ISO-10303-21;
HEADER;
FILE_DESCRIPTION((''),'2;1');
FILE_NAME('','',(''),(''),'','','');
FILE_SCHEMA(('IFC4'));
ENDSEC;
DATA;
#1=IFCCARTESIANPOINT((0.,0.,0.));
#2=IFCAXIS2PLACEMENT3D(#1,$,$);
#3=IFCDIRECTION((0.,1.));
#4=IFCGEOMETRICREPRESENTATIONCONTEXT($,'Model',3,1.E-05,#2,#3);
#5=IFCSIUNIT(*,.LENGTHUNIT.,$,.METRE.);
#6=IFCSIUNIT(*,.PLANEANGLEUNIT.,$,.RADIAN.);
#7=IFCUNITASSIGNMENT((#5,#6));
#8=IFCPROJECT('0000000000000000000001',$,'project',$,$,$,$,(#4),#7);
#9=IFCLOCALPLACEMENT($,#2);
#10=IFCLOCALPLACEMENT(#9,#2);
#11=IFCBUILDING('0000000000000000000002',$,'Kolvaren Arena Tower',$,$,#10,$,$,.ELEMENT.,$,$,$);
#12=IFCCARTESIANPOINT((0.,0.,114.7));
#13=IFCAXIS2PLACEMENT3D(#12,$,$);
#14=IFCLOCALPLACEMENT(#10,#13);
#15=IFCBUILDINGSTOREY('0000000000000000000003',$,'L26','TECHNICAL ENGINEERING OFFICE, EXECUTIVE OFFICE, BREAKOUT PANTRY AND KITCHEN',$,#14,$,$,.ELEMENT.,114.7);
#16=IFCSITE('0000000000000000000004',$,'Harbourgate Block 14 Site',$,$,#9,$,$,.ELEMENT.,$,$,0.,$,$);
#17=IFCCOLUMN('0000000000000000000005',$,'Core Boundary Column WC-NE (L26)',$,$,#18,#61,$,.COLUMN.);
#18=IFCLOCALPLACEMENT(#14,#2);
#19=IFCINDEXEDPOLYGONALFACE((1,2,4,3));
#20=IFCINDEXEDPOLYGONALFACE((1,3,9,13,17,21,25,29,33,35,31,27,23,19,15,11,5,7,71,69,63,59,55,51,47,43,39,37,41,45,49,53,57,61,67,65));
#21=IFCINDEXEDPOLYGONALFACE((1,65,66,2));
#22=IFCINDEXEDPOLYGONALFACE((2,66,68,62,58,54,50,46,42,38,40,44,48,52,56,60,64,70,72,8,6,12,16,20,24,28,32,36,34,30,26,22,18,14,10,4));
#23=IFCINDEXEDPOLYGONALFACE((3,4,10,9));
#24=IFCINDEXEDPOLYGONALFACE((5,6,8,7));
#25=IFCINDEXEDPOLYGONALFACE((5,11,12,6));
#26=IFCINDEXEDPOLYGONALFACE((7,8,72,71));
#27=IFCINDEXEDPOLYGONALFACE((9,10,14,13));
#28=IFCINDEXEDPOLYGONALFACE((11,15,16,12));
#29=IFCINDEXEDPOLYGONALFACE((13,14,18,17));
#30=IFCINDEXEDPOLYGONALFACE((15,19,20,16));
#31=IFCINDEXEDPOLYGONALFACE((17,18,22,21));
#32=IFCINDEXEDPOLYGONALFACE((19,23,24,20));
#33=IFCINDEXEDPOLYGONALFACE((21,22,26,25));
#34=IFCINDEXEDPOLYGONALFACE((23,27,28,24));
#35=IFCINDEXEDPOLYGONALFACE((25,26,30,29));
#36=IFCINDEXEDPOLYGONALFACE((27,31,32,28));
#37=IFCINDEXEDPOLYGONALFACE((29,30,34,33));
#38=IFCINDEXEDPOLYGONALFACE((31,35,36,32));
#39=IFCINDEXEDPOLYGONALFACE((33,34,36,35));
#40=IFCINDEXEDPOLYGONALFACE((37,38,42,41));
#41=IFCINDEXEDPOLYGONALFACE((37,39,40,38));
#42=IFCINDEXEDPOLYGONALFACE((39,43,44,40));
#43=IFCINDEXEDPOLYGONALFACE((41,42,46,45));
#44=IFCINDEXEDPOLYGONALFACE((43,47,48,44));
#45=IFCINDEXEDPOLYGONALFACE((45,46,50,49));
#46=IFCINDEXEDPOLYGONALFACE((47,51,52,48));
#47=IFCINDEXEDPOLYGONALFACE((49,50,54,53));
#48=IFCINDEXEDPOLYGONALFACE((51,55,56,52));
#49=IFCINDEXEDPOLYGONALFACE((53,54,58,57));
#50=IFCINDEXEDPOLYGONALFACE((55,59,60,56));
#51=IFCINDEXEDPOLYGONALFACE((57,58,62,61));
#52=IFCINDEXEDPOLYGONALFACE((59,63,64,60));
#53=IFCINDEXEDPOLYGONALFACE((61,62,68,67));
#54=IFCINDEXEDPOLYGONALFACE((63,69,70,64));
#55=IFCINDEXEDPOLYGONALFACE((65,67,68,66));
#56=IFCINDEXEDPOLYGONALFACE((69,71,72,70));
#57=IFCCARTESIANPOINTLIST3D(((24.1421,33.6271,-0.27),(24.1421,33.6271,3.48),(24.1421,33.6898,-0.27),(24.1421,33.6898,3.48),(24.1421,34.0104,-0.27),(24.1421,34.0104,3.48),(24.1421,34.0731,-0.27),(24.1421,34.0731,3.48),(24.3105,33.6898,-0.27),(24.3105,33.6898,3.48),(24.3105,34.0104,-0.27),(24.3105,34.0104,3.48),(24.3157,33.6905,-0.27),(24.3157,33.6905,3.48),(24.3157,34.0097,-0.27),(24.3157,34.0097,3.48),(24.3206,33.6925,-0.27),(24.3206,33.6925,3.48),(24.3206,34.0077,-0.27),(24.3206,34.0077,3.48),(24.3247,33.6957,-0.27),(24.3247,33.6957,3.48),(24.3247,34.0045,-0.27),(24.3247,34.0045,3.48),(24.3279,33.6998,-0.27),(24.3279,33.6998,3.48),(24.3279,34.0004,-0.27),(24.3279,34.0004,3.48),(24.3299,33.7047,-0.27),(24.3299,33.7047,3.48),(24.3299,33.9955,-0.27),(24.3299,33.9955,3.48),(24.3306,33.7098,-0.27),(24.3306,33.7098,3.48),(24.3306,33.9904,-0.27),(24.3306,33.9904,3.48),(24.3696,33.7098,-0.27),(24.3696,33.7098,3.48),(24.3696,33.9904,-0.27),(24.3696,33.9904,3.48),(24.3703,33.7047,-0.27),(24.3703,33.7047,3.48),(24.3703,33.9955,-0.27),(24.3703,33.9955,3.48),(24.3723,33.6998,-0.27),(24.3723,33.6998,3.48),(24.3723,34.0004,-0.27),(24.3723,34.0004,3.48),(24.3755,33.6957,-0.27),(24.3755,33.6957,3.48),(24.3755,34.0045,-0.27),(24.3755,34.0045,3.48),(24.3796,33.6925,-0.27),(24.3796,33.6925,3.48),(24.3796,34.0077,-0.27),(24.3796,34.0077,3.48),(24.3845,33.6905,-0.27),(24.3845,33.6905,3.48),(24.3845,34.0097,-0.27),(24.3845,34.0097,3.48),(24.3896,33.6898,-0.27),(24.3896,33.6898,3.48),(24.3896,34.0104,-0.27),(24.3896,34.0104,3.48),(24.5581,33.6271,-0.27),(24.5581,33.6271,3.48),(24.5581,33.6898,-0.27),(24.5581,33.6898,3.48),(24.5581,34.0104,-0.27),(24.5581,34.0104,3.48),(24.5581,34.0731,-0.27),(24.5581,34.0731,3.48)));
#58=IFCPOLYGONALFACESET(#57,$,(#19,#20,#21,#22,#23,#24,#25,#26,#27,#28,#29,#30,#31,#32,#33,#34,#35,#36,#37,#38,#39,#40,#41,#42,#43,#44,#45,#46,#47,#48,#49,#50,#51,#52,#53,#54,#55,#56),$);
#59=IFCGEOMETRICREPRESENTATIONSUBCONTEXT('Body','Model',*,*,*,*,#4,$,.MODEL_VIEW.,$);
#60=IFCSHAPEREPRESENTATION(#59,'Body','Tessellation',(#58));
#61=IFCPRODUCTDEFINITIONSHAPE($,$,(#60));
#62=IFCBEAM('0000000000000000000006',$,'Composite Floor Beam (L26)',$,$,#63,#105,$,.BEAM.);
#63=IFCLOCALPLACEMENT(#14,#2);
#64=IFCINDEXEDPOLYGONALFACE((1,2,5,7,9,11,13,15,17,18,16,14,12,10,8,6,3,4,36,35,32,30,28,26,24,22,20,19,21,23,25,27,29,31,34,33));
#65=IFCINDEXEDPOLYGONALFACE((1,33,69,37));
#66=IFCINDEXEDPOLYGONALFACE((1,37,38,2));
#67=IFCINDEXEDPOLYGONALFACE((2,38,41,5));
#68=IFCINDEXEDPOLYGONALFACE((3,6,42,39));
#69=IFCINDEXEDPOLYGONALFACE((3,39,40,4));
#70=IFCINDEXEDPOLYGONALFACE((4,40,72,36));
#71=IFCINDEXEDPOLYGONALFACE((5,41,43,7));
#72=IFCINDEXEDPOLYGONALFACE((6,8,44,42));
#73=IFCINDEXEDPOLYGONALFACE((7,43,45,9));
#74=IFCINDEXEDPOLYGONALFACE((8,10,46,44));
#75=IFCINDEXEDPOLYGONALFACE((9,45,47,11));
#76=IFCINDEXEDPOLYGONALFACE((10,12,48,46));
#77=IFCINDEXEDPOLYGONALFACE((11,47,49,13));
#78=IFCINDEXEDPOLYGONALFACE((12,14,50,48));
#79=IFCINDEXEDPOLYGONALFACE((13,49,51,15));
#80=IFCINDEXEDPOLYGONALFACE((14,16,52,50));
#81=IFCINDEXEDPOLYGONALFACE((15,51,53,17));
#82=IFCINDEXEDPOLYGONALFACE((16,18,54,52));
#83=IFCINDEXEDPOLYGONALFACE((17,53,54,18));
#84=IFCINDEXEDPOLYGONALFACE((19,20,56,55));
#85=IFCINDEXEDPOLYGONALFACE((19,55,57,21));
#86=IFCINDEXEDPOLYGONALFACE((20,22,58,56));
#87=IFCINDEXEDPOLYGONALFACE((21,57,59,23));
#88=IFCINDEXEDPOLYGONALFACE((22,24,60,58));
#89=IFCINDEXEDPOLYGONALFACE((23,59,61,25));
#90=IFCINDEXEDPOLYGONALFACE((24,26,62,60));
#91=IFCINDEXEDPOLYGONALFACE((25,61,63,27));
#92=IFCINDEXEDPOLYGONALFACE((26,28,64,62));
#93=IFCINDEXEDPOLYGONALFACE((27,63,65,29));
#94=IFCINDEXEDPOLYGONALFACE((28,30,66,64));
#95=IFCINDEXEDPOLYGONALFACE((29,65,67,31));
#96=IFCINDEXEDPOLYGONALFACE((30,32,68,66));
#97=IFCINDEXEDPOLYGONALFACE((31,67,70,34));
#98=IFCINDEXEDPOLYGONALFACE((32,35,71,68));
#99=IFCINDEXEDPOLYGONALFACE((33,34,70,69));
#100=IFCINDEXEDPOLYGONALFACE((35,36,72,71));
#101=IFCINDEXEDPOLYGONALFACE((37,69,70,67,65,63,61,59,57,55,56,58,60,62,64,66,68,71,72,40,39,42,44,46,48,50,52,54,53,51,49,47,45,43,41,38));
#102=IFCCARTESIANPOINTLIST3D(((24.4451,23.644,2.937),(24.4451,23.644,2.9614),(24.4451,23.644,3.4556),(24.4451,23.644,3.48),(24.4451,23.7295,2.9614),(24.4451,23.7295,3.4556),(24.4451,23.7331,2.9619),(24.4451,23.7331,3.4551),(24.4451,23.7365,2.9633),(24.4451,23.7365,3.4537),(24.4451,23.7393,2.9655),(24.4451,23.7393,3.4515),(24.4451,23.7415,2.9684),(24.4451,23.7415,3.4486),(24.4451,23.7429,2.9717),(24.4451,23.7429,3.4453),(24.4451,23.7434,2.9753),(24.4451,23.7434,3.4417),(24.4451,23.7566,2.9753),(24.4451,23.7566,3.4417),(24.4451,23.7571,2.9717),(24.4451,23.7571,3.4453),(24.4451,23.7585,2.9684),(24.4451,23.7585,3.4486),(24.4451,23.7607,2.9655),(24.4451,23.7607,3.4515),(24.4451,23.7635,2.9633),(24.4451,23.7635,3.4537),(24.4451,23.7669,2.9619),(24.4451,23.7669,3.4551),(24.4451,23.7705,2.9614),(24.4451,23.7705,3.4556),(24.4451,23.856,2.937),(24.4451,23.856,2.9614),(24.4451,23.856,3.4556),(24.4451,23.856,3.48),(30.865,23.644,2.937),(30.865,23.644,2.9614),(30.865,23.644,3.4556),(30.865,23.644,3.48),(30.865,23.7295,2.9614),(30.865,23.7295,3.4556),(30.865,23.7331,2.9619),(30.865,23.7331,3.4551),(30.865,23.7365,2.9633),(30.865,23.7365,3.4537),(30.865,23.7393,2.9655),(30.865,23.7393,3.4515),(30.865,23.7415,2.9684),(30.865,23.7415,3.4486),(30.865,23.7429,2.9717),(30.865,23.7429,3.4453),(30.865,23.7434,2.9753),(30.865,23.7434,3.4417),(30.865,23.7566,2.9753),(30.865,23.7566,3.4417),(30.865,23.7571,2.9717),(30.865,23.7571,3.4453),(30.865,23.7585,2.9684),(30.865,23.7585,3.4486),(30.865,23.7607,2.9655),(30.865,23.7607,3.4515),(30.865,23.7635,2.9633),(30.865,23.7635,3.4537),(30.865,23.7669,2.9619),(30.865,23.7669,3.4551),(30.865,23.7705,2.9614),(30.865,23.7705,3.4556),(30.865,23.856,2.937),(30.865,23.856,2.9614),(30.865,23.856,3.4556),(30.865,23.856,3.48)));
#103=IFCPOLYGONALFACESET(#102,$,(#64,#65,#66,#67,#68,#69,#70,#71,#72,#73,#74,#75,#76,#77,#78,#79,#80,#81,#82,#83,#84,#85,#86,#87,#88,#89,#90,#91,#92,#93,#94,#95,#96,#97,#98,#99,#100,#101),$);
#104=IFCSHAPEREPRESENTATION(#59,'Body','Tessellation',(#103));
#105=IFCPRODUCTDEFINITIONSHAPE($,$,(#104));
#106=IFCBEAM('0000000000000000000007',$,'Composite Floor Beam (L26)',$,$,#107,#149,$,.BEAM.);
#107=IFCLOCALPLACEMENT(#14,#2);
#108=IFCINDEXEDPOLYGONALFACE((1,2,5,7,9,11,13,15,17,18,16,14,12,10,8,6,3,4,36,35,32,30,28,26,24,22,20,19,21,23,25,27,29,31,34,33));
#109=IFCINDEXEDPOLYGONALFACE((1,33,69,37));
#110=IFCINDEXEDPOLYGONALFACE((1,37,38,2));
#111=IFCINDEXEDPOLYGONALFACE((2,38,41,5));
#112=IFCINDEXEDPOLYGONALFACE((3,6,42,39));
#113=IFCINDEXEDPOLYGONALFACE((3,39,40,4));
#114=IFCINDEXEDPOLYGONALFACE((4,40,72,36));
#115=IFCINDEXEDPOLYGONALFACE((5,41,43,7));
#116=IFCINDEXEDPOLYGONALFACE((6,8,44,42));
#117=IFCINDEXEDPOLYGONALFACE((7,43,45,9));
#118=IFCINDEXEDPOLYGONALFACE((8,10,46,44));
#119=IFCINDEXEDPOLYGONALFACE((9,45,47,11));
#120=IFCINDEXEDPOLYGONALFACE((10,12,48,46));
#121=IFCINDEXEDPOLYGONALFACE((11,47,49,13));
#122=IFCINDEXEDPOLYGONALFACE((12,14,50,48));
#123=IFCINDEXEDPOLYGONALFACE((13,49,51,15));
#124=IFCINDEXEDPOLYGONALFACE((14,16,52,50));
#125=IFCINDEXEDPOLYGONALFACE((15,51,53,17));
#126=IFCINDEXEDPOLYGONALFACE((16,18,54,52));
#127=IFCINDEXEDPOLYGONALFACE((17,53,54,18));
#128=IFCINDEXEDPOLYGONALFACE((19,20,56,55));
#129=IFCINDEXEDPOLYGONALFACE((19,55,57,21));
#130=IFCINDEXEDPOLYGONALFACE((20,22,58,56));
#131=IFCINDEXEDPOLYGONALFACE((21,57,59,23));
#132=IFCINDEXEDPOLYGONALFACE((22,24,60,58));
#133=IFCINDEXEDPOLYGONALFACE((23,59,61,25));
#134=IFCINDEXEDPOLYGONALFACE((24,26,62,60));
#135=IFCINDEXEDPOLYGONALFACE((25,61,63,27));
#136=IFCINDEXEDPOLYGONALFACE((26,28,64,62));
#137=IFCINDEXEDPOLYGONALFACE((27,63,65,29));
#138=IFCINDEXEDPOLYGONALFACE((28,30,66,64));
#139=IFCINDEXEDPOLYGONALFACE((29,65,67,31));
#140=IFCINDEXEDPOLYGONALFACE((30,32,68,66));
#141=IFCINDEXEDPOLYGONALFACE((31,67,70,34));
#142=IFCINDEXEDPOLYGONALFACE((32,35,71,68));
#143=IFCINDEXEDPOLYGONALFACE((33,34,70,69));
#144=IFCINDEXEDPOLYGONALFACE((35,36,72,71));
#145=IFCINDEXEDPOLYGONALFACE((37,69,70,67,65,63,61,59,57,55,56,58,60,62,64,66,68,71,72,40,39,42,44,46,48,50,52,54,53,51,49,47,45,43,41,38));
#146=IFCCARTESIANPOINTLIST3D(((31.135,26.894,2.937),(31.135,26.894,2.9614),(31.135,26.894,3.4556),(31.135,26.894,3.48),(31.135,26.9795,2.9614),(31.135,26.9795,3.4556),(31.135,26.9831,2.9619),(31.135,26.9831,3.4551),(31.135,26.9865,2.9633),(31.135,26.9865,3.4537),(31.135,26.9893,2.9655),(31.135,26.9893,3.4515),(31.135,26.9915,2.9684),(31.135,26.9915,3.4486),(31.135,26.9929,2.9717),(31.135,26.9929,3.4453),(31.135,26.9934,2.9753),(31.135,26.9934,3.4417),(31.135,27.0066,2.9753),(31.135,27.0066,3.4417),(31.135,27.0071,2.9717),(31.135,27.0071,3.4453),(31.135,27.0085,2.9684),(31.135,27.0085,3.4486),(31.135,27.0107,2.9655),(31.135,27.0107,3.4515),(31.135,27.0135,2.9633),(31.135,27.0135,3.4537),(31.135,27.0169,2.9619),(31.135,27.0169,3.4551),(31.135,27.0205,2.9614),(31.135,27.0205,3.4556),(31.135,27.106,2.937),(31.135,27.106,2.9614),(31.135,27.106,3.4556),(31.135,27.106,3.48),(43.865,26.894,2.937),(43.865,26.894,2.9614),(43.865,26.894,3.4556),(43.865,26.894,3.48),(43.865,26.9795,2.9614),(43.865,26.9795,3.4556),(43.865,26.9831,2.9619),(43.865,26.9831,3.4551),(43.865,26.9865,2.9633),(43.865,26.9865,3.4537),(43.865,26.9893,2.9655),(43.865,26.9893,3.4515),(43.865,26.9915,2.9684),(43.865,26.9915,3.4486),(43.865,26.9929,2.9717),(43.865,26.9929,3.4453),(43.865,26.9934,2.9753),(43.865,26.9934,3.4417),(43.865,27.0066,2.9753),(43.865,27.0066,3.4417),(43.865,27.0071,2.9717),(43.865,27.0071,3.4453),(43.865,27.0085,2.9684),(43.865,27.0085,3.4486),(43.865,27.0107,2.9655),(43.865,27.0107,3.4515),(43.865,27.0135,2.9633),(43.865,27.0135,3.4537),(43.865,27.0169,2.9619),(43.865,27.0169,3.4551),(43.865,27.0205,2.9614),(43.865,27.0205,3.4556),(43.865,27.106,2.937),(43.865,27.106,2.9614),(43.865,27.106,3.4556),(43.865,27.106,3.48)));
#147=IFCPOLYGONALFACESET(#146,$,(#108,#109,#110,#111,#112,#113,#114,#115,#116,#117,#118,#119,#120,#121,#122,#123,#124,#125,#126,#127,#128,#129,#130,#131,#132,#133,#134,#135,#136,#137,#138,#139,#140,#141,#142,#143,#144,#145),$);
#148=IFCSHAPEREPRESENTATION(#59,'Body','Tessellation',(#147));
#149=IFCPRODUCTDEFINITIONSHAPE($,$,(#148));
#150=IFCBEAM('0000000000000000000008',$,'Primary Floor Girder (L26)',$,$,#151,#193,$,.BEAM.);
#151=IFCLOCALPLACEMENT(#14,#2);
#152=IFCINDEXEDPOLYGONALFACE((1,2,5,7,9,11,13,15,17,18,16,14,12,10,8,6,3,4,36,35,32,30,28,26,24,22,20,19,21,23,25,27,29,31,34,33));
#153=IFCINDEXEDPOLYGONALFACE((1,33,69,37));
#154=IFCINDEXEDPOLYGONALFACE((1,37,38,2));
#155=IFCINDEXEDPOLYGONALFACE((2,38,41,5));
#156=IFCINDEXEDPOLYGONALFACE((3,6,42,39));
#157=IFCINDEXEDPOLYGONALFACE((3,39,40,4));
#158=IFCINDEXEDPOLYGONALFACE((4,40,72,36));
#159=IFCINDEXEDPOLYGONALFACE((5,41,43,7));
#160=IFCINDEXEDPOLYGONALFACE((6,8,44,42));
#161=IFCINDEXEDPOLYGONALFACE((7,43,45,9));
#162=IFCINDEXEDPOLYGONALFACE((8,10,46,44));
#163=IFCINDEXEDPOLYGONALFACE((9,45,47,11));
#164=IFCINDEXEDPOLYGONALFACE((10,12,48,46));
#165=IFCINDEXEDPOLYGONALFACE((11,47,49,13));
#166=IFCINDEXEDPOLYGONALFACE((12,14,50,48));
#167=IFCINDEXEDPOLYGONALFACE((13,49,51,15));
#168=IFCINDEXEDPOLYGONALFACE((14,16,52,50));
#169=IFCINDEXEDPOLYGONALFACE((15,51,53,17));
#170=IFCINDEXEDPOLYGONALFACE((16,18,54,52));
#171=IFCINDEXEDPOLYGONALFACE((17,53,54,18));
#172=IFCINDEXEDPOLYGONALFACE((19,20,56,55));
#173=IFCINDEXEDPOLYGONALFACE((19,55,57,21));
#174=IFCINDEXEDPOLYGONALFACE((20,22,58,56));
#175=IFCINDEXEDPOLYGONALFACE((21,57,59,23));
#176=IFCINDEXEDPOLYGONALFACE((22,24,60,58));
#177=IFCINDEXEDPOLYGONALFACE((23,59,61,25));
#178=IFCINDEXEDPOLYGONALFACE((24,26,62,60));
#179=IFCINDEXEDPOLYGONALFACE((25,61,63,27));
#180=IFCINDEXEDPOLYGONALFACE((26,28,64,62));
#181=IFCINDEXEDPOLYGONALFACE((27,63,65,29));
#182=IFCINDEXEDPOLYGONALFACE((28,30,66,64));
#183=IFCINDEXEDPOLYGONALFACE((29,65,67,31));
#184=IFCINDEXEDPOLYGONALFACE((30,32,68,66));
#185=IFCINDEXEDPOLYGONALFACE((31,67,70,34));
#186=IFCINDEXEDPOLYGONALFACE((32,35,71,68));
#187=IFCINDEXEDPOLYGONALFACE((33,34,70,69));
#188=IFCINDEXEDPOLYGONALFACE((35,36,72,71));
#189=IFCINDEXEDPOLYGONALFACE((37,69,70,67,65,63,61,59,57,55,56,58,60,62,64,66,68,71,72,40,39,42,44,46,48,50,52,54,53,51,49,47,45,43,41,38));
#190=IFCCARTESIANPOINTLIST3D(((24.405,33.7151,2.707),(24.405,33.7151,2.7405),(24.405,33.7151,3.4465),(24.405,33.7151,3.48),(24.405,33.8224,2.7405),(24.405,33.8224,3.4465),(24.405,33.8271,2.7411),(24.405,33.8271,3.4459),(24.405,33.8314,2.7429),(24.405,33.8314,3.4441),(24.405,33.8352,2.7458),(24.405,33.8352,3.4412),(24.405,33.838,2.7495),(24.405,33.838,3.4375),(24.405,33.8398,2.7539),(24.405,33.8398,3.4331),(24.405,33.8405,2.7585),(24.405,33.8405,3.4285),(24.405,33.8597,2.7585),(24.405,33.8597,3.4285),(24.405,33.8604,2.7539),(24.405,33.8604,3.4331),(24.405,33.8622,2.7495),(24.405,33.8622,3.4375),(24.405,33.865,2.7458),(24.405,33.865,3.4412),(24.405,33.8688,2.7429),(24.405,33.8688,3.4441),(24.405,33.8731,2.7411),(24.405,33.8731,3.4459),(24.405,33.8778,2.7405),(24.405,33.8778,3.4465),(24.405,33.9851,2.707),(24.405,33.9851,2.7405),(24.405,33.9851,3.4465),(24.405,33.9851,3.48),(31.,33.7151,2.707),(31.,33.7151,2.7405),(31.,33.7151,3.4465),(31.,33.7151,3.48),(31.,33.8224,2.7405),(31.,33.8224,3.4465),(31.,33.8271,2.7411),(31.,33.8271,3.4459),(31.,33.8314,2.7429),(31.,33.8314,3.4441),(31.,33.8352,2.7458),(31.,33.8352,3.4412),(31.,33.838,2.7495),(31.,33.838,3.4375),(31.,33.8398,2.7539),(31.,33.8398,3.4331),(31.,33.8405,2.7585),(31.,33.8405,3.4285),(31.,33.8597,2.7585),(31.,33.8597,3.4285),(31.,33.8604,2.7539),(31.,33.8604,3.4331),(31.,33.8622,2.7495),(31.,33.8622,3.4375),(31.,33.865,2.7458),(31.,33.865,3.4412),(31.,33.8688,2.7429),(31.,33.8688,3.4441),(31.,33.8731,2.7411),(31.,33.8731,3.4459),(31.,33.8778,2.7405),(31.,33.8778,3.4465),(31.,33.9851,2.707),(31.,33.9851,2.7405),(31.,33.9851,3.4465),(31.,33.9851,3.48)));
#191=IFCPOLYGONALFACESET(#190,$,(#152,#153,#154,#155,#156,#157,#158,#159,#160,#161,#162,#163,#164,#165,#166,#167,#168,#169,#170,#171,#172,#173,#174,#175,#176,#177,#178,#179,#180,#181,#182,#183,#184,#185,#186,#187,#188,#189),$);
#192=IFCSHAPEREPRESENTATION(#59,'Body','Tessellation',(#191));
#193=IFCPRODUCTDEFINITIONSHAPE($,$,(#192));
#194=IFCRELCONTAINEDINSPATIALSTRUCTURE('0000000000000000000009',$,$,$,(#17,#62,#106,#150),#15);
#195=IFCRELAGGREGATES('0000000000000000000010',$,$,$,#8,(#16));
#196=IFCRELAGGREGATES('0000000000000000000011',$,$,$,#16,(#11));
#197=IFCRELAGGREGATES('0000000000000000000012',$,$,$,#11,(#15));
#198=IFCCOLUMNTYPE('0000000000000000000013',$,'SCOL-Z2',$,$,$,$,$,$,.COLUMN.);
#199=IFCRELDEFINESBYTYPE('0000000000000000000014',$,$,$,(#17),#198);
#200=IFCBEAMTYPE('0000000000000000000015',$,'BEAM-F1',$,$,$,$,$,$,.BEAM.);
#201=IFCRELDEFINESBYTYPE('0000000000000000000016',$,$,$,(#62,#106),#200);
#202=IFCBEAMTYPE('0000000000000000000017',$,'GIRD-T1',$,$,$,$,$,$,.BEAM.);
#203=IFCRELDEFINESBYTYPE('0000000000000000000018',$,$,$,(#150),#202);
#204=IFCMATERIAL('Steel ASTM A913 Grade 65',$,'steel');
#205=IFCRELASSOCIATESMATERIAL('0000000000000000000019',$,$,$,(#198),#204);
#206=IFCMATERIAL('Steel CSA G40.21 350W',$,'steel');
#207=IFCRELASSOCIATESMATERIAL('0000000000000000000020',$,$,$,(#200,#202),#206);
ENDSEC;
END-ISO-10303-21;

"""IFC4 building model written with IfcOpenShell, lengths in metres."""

from ifc_helpers import new_model, si_unit, direction, frame, origin, origin_2d, place, context, subcontext, project, spatial, i_section, extrude, material, material_profile, profile_set, type_object, element, save


model = new_model("IFC4")

# Units and contexts
model_context = context("Model", 3, precision=1e-05, world=origin(), true_north=direction((0.0, 1.0)))
body_context = subcontext(model_context, "Body", "Model", "MODEL_VIEW")
ifc_project = project(units=[si_unit("LENGTHUNIT", "METRE"), si_unit("PLANEANGLEUNIT", "RADIAN")], contexts=[model_context])

# Site, building, storey
site_placement = place(None, origin())
site = spatial("IfcSite", under=ifc_project, at=site_placement, Name="Harbourgate Block 14 Site", CompositionType="ELEMENT", RefElevation=0.0)
building_placement = place(site_placement, origin())
building = spatial("IfcBuilding", under=site, at=building_placement, Name="Kolvaren Arena Tower", CompositionType="ELEMENT")
storey_placement = place(building_placement, frame((0.0, 0.0, 114.7)))
storey = spatial("IfcBuildingStorey", under=building, at=storey_placement, Name="L26", Description="TECHNICAL ENGINEERING OFFICE, EXECUTIVE OFFICE, BREAKOUT PANTRY AND KITCHEN", CompositionType="ELEMENT", Elevation=114.7)

# Column
ifc_material_1 = material(Name="Steel ASTM A913 Grade 65", Category="steel")
ifc_material_profile_1 = material_profile(ifc_material_1, i_section(OverallWidth=0.416, OverallDepth=0.446, WebThickness=0.0391, FlangeThickness=0.0627, FilletRadius=0.02, at=origin_2d()), Name="W360x509")
ifc_profile_set_1 = profile_set([ifc_material_profile_1], Name="Steel ASTM A913 Grade 65")
column_type = type_object("IfcColumnType", Name="SCOL-Z2", PredefinedType="COLUMN", material=ifc_profile_set_1)
column_placement = place(storey_placement, frame((24.3501, 33.8501, -0.27), z_axis=(0.0, 0.0, 1.0), x_axis=(1.0, 0.0, 0.0)))
element("IfcColumn", 1, at=column_placement, inside=storey, type_object=column_type, Name="Core Boundary Column WC-NE (L26)", PredefinedType="COLUMN", context=body_context, shape_type="SweptSolid", body=[
    extrude(i_section(OverallWidth=0.416, OverallDepth=0.446, WebThickness=0.0391, FlangeThickness=0.0627, FilletRadius=0.02, at=origin_2d()), origin(), (0.0, 0.0, 1.0), 3.75),
])

# Beams
ifc_material_2 = material(Name="Steel CSA G40.21 350W", Category="steel")
ifc_material_profile_2 = material_profile(ifc_material_2, i_section(OverallWidth=0.2119, OverallDepth=0.543, WebThickness=0.0132, FlangeThickness=0.0244, FilletRadius=0.0139, at=origin_2d()), Name="W530x150")
ifc_profile_set_2 = profile_set([ifc_material_profile_2], Name="Steel CSA G40.21 350W")
beam_type_1 = type_object("IfcBeamType", Name="BEAM-F1", PredefinedType="BEAM", material=ifc_profile_set_2)
beam_1_placement = place(storey_placement, frame((24.4451, 23.75, 3.2085), z_axis=(1.0, 0.0, 0.0), x_axis=(0.0, 1.0, 0.0)))
element("IfcBeam", 2, at=beam_1_placement, inside=storey, type_object=beam_type_1, Name="Composite Floor Beam (L26)", PredefinedType="BEAM", context=body_context, shape_type="SweptSolid", body=[
    extrude(i_section(OverallWidth=0.2119, OverallDepth=0.543, WebThickness=0.0132, FlangeThickness=0.0244, FilletRadius=0.0139, at=origin_2d()), origin(), (0.0, 0.0, 1.0), 6.4199),
])
beam_2_placement = place(storey_placement, frame((31.135, 27.0, 3.2085), z_axis=(1.0, 0.0, 0.0), x_axis=(0.0, 1.0, 0.0)))
element("IfcBeam", 3, at=beam_2_placement, inside=storey, type_object=beam_type_1, Name="Composite Floor Beam (L26)", PredefinedType="BEAM", context=body_context, shape_type="SweptSolid", body=[
    extrude(i_section(OverallWidth=0.2119, OverallDepth=0.543, WebThickness=0.0132, FlangeThickness=0.0244, FilletRadius=0.0139, at=origin_2d()), origin(), (0.0, 0.0, 1.0), 12.73),
])
ifc_material_profile_3 = material_profile(ifc_material_2, i_section(OverallWidth=0.27, OverallDepth=0.7729, WebThickness=0.0193, FlangeThickness=0.0334, FilletRadius=0.0181, at=origin_2d()), Name="W760x257")
ifc_profile_set_3 = profile_set([ifc_material_profile_3], Name="Steel CSA G40.21 350W")
beam_type_2 = type_object("IfcBeamType", Name="GIRD-T1", PredefinedType="BEAM", material=ifc_profile_set_3)
beam_3_placement = place(storey_placement, frame((24.405, 33.8501, 3.0935), z_axis=(1.0, 0.0, 0.0), x_axis=(0.0, 1.0, 0.0)))
element("IfcBeam", 4, at=beam_3_placement, inside=storey, type_object=beam_type_2, Name="Primary Floor Girder (L26)", PredefinedType="BEAM", context=body_context, shape_type="SweptSolid", body=[
    extrude(i_section(OverallWidth=0.27, OverallDepth=0.7729, WebThickness=0.0193, FlangeThickness=0.0334, FilletRadius=0.0181, at=origin_2d()), origin(), (0.0, 0.0, 1.0), 6.595),
])

save(model, "model.ifc")
